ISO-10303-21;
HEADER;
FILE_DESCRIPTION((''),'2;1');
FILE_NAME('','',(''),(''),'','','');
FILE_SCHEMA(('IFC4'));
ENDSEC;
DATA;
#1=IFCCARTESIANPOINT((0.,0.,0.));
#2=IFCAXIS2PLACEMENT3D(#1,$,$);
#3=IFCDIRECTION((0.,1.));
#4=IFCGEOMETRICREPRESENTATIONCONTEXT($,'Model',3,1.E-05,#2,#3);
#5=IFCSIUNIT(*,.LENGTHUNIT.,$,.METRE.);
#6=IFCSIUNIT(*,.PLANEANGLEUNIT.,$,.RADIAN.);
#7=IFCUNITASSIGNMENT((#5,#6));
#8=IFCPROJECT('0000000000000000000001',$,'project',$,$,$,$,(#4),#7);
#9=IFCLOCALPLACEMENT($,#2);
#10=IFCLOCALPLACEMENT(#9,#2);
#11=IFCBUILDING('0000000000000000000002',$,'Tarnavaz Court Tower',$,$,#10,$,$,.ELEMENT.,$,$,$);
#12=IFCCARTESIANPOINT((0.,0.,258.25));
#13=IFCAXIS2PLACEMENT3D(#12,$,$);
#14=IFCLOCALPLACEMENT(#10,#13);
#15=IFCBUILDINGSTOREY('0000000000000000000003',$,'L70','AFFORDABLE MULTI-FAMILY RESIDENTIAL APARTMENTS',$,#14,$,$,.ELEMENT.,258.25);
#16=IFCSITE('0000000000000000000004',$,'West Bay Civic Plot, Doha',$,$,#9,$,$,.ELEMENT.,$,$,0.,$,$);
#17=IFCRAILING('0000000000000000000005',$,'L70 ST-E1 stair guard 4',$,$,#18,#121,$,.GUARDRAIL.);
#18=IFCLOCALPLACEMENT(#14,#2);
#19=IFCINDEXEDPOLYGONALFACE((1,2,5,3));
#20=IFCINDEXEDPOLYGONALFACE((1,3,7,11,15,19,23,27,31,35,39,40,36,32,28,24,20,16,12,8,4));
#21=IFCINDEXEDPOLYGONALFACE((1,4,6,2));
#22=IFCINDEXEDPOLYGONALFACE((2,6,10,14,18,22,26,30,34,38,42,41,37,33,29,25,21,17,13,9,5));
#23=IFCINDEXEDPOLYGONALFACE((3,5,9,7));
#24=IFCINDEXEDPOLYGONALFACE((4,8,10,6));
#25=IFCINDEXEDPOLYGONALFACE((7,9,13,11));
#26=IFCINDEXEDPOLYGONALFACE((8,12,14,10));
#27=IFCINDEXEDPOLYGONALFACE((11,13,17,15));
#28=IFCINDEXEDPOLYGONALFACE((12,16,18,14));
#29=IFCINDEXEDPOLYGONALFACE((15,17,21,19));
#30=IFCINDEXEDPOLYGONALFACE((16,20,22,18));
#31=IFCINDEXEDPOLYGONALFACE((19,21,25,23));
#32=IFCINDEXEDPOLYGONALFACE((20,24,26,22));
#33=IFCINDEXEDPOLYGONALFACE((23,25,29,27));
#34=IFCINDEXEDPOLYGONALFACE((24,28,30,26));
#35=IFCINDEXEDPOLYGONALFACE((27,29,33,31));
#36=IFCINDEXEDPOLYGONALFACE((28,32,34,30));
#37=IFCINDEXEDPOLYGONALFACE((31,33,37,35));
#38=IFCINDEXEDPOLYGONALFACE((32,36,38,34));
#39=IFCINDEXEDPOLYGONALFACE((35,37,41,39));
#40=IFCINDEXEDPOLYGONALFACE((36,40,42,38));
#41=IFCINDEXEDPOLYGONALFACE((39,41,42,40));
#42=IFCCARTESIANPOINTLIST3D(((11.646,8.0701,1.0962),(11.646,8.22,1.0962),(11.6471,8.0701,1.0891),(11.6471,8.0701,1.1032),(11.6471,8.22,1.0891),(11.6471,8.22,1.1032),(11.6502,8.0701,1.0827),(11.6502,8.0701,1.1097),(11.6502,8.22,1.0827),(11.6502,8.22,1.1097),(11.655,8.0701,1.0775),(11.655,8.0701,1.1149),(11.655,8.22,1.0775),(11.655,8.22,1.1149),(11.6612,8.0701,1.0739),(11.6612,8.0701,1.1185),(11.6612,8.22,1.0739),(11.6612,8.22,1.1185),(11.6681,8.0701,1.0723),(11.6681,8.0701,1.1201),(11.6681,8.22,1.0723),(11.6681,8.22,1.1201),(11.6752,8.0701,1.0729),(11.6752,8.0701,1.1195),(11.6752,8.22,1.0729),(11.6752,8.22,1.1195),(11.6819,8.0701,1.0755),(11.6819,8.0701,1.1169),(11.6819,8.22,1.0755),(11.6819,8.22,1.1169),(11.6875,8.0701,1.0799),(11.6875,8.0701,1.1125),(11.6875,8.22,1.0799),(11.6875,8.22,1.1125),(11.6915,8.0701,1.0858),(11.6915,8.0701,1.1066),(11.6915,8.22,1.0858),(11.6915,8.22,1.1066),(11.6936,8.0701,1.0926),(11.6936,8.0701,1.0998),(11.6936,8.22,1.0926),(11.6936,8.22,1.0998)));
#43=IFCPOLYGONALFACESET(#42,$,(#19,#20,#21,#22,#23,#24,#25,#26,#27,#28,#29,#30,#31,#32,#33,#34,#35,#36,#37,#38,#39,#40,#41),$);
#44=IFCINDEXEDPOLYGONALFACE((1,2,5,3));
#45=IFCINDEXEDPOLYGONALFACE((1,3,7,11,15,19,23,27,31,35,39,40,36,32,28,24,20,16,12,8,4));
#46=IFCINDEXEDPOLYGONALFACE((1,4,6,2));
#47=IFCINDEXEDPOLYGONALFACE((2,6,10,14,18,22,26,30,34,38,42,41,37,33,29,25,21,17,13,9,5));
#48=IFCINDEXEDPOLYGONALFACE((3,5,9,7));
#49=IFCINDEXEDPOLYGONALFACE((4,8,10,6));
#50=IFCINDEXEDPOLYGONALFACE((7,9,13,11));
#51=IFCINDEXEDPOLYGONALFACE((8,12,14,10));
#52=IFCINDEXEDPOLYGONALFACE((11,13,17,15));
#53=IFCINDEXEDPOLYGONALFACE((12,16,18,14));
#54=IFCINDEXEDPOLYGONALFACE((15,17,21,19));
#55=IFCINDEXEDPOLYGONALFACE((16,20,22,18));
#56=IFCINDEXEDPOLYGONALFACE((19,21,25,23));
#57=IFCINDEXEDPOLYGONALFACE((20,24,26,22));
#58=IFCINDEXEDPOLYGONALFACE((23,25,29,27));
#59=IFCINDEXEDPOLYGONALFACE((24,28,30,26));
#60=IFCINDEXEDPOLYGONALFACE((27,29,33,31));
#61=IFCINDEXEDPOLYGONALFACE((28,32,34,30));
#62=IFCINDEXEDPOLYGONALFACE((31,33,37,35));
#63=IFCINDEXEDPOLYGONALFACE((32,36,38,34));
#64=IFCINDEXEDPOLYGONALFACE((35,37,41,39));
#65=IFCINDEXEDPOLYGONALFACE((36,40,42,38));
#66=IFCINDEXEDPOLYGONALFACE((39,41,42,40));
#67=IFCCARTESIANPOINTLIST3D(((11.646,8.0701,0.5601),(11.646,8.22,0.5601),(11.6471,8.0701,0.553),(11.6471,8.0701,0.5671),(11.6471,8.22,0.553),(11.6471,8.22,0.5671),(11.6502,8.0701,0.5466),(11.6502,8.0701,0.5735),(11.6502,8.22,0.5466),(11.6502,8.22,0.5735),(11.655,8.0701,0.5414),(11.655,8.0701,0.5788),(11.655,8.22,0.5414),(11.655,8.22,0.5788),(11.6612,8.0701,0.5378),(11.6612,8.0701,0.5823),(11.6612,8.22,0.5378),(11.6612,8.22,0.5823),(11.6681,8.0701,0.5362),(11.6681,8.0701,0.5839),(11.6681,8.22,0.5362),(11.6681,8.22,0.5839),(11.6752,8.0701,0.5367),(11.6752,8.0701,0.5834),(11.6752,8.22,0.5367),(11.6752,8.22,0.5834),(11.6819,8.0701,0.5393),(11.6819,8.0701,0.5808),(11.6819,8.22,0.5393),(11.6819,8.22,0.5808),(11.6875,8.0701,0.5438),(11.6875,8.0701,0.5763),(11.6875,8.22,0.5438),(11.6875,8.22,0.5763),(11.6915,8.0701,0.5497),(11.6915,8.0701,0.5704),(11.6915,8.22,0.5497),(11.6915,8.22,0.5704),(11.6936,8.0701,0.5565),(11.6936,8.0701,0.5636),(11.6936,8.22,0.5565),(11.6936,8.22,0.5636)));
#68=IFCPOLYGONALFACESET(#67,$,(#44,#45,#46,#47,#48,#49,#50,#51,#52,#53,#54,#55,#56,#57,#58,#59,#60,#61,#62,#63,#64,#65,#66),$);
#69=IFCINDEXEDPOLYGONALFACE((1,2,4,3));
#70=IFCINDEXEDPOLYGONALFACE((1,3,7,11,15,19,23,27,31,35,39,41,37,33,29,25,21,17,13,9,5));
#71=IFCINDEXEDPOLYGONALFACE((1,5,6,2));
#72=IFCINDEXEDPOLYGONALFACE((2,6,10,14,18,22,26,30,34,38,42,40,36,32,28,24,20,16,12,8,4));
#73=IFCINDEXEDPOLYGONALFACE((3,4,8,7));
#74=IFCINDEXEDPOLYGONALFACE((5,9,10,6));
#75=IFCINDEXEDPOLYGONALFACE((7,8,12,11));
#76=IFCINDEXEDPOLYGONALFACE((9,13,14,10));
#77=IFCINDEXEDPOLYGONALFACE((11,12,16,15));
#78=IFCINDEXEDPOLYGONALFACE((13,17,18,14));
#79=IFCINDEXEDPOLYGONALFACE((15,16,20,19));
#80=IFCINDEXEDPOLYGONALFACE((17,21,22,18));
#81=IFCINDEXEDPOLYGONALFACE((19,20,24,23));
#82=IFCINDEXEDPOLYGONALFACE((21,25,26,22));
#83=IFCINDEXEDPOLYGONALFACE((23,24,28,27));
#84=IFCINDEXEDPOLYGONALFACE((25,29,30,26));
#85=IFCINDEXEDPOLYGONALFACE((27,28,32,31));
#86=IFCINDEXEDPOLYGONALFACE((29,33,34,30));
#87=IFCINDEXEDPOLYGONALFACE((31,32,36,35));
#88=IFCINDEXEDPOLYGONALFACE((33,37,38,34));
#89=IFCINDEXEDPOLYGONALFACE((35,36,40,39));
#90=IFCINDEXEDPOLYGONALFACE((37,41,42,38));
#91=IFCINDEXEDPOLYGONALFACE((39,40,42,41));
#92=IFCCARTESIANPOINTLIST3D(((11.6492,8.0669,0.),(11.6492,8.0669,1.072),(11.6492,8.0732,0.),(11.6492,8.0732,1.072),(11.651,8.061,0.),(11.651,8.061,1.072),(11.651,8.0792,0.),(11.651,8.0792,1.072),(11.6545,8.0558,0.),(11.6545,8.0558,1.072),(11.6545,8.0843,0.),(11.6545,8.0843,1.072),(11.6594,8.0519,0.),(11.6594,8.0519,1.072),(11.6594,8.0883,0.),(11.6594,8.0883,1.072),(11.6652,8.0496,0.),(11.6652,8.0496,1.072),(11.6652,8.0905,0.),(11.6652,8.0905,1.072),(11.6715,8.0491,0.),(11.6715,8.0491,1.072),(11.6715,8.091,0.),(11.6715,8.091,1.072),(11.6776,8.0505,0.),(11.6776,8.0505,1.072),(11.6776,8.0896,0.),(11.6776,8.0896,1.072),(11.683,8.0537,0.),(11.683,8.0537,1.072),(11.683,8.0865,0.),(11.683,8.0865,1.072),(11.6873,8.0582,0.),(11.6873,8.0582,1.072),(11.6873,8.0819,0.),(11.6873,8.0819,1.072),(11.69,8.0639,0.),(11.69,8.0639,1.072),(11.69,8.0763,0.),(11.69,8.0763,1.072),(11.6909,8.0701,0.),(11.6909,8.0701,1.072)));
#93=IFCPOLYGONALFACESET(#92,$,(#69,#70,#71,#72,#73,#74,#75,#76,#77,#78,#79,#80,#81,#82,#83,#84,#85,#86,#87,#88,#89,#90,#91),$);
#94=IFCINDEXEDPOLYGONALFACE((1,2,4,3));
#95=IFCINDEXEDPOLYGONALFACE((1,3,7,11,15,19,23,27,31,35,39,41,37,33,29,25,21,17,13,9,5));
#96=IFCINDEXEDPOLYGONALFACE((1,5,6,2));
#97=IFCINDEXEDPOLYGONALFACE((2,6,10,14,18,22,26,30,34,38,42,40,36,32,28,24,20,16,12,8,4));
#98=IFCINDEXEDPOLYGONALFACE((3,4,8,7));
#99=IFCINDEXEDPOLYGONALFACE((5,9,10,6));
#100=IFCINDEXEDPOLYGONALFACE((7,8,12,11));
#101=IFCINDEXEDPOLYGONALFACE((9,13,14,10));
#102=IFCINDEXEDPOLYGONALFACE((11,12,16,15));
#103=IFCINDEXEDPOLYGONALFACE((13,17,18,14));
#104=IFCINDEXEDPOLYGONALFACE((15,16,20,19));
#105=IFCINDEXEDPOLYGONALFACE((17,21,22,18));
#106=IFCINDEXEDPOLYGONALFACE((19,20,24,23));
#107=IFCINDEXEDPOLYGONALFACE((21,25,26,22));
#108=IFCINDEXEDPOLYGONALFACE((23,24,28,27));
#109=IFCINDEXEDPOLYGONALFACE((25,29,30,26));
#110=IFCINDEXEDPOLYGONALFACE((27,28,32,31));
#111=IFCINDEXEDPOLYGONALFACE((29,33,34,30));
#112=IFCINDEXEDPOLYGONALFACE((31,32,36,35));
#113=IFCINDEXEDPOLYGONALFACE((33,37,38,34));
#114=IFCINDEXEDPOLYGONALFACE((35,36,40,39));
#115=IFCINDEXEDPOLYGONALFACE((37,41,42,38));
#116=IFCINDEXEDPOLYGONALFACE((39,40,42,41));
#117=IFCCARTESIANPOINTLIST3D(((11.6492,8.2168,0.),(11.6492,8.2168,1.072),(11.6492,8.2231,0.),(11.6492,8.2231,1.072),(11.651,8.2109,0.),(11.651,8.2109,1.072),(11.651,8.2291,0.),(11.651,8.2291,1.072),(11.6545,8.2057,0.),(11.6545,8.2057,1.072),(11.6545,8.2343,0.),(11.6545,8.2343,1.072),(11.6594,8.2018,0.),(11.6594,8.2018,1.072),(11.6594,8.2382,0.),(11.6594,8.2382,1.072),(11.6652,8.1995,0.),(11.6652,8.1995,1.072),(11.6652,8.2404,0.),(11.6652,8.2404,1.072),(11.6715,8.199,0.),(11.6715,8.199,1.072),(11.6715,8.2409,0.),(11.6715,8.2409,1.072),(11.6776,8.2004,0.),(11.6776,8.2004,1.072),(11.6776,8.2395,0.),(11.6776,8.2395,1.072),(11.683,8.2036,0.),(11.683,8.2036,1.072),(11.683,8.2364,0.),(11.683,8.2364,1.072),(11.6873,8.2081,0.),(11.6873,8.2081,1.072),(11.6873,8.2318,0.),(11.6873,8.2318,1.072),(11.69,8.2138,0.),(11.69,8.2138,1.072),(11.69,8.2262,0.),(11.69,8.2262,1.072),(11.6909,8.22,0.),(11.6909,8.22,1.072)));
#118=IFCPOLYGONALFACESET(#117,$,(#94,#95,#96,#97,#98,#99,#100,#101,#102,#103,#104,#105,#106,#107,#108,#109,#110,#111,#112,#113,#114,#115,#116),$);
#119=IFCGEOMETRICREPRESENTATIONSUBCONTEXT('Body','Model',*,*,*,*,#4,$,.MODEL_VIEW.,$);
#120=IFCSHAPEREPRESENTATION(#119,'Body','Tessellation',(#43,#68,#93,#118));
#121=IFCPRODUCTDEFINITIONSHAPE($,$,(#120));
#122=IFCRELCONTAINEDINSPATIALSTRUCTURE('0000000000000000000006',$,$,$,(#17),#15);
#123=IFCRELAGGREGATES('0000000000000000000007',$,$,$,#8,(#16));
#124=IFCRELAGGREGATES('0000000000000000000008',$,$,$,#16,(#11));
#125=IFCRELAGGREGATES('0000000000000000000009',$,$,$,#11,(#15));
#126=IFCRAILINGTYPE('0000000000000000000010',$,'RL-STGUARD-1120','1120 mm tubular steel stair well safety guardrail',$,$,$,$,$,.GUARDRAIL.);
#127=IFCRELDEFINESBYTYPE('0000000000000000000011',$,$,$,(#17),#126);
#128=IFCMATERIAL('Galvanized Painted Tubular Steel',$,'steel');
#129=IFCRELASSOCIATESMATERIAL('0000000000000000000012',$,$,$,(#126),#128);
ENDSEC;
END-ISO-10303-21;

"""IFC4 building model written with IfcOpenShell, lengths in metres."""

from ifc_helpers import new_model, si_unit, direction, frame, origin, origin_2d, place, context, subcontext, project, spatial, circle, extrude, material, type_object, element, save


model = new_model("IFC4")

# Units and contexts
model_context = context("Model", 3, precision=1e-05, world=origin(), true_north=direction((0.0, 1.0)))
body_context = subcontext(model_context, "Body", "Model", "MODEL_VIEW")
ifc_project = project(units=[si_unit("LENGTHUNIT", "METRE"), si_unit("PLANEANGLEUNIT", "RADIAN")], contexts=[model_context])

# Site, building, storey
site_placement = place(None, origin())
site = spatial("IfcSite", under=ifc_project, at=site_placement, Name="West Bay Civic Plot, Doha", CompositionType="ELEMENT", RefElevation=0.0)
building_placement = place(site_placement, origin())
building = spatial("IfcBuilding", under=site, at=building_placement, Name="Tarnavaz Court Tower", CompositionType="ELEMENT")
storey_placement = place(building_placement, frame((0.0, 0.0, 258.25)))
storey = spatial("IfcBuildingStorey", under=building, at=storey_placement, Name="L70", Description="AFFORDABLE MULTI-FAMILY RESIDENTIAL APARTMENTS", CompositionType="ELEMENT", Elevation=258.25)

# Railing
ifc_material_1 = material(Name="Galvanized Painted Tubular Steel", Category="steel")
railing_type_1 = type_object("IfcRailingType", Name="RL-STGUARD-1120", Description="1120 mm tubular steel stair well safety guardrail", PredefinedType="GUARDRAIL", material=ifc_material_1)
railing_1_placement = place(storey_placement, frame((11.6699, 8.0701, 0.0)))
element("IfcRailing", 1, at=railing_1_placement, inside=storey, type_object=railing_type_1, Name="L70 ST-E1 stair guard 4", PredefinedType="GUARDRAIL", context=body_context, shape_type="SweptSolid", body=[
    extrude(circle(Radius=0.0239, at=origin_2d()), frame((0.0, 0.0, 1.0962), z_axis=(0.0, 1.0, 0.0), x_axis=(-1.0, 0.0, 0.0)), (0.0, 0.0, 1.0), 0.1499),
    extrude(circle(Radius=0.0239, at=origin_2d()), frame((0.0, 0.0, 0.5601), z_axis=(0.0, 1.0, 0.0), x_axis=(-1.0, 0.0, 0.0)), (0.0, 0.0, 1.0), 0.1499),
    extrude(circle(Radius=0.021, at=origin_2d()), origin(), (0.0, 0.0, 1.0), 1.072),
    extrude(circle(Radius=0.021, at=origin_2d()), frame((0.0, 0.1499, 0.0)), (0.0, 0.0, 1.0), 1.072),
])

save(model, "model.ifc")
